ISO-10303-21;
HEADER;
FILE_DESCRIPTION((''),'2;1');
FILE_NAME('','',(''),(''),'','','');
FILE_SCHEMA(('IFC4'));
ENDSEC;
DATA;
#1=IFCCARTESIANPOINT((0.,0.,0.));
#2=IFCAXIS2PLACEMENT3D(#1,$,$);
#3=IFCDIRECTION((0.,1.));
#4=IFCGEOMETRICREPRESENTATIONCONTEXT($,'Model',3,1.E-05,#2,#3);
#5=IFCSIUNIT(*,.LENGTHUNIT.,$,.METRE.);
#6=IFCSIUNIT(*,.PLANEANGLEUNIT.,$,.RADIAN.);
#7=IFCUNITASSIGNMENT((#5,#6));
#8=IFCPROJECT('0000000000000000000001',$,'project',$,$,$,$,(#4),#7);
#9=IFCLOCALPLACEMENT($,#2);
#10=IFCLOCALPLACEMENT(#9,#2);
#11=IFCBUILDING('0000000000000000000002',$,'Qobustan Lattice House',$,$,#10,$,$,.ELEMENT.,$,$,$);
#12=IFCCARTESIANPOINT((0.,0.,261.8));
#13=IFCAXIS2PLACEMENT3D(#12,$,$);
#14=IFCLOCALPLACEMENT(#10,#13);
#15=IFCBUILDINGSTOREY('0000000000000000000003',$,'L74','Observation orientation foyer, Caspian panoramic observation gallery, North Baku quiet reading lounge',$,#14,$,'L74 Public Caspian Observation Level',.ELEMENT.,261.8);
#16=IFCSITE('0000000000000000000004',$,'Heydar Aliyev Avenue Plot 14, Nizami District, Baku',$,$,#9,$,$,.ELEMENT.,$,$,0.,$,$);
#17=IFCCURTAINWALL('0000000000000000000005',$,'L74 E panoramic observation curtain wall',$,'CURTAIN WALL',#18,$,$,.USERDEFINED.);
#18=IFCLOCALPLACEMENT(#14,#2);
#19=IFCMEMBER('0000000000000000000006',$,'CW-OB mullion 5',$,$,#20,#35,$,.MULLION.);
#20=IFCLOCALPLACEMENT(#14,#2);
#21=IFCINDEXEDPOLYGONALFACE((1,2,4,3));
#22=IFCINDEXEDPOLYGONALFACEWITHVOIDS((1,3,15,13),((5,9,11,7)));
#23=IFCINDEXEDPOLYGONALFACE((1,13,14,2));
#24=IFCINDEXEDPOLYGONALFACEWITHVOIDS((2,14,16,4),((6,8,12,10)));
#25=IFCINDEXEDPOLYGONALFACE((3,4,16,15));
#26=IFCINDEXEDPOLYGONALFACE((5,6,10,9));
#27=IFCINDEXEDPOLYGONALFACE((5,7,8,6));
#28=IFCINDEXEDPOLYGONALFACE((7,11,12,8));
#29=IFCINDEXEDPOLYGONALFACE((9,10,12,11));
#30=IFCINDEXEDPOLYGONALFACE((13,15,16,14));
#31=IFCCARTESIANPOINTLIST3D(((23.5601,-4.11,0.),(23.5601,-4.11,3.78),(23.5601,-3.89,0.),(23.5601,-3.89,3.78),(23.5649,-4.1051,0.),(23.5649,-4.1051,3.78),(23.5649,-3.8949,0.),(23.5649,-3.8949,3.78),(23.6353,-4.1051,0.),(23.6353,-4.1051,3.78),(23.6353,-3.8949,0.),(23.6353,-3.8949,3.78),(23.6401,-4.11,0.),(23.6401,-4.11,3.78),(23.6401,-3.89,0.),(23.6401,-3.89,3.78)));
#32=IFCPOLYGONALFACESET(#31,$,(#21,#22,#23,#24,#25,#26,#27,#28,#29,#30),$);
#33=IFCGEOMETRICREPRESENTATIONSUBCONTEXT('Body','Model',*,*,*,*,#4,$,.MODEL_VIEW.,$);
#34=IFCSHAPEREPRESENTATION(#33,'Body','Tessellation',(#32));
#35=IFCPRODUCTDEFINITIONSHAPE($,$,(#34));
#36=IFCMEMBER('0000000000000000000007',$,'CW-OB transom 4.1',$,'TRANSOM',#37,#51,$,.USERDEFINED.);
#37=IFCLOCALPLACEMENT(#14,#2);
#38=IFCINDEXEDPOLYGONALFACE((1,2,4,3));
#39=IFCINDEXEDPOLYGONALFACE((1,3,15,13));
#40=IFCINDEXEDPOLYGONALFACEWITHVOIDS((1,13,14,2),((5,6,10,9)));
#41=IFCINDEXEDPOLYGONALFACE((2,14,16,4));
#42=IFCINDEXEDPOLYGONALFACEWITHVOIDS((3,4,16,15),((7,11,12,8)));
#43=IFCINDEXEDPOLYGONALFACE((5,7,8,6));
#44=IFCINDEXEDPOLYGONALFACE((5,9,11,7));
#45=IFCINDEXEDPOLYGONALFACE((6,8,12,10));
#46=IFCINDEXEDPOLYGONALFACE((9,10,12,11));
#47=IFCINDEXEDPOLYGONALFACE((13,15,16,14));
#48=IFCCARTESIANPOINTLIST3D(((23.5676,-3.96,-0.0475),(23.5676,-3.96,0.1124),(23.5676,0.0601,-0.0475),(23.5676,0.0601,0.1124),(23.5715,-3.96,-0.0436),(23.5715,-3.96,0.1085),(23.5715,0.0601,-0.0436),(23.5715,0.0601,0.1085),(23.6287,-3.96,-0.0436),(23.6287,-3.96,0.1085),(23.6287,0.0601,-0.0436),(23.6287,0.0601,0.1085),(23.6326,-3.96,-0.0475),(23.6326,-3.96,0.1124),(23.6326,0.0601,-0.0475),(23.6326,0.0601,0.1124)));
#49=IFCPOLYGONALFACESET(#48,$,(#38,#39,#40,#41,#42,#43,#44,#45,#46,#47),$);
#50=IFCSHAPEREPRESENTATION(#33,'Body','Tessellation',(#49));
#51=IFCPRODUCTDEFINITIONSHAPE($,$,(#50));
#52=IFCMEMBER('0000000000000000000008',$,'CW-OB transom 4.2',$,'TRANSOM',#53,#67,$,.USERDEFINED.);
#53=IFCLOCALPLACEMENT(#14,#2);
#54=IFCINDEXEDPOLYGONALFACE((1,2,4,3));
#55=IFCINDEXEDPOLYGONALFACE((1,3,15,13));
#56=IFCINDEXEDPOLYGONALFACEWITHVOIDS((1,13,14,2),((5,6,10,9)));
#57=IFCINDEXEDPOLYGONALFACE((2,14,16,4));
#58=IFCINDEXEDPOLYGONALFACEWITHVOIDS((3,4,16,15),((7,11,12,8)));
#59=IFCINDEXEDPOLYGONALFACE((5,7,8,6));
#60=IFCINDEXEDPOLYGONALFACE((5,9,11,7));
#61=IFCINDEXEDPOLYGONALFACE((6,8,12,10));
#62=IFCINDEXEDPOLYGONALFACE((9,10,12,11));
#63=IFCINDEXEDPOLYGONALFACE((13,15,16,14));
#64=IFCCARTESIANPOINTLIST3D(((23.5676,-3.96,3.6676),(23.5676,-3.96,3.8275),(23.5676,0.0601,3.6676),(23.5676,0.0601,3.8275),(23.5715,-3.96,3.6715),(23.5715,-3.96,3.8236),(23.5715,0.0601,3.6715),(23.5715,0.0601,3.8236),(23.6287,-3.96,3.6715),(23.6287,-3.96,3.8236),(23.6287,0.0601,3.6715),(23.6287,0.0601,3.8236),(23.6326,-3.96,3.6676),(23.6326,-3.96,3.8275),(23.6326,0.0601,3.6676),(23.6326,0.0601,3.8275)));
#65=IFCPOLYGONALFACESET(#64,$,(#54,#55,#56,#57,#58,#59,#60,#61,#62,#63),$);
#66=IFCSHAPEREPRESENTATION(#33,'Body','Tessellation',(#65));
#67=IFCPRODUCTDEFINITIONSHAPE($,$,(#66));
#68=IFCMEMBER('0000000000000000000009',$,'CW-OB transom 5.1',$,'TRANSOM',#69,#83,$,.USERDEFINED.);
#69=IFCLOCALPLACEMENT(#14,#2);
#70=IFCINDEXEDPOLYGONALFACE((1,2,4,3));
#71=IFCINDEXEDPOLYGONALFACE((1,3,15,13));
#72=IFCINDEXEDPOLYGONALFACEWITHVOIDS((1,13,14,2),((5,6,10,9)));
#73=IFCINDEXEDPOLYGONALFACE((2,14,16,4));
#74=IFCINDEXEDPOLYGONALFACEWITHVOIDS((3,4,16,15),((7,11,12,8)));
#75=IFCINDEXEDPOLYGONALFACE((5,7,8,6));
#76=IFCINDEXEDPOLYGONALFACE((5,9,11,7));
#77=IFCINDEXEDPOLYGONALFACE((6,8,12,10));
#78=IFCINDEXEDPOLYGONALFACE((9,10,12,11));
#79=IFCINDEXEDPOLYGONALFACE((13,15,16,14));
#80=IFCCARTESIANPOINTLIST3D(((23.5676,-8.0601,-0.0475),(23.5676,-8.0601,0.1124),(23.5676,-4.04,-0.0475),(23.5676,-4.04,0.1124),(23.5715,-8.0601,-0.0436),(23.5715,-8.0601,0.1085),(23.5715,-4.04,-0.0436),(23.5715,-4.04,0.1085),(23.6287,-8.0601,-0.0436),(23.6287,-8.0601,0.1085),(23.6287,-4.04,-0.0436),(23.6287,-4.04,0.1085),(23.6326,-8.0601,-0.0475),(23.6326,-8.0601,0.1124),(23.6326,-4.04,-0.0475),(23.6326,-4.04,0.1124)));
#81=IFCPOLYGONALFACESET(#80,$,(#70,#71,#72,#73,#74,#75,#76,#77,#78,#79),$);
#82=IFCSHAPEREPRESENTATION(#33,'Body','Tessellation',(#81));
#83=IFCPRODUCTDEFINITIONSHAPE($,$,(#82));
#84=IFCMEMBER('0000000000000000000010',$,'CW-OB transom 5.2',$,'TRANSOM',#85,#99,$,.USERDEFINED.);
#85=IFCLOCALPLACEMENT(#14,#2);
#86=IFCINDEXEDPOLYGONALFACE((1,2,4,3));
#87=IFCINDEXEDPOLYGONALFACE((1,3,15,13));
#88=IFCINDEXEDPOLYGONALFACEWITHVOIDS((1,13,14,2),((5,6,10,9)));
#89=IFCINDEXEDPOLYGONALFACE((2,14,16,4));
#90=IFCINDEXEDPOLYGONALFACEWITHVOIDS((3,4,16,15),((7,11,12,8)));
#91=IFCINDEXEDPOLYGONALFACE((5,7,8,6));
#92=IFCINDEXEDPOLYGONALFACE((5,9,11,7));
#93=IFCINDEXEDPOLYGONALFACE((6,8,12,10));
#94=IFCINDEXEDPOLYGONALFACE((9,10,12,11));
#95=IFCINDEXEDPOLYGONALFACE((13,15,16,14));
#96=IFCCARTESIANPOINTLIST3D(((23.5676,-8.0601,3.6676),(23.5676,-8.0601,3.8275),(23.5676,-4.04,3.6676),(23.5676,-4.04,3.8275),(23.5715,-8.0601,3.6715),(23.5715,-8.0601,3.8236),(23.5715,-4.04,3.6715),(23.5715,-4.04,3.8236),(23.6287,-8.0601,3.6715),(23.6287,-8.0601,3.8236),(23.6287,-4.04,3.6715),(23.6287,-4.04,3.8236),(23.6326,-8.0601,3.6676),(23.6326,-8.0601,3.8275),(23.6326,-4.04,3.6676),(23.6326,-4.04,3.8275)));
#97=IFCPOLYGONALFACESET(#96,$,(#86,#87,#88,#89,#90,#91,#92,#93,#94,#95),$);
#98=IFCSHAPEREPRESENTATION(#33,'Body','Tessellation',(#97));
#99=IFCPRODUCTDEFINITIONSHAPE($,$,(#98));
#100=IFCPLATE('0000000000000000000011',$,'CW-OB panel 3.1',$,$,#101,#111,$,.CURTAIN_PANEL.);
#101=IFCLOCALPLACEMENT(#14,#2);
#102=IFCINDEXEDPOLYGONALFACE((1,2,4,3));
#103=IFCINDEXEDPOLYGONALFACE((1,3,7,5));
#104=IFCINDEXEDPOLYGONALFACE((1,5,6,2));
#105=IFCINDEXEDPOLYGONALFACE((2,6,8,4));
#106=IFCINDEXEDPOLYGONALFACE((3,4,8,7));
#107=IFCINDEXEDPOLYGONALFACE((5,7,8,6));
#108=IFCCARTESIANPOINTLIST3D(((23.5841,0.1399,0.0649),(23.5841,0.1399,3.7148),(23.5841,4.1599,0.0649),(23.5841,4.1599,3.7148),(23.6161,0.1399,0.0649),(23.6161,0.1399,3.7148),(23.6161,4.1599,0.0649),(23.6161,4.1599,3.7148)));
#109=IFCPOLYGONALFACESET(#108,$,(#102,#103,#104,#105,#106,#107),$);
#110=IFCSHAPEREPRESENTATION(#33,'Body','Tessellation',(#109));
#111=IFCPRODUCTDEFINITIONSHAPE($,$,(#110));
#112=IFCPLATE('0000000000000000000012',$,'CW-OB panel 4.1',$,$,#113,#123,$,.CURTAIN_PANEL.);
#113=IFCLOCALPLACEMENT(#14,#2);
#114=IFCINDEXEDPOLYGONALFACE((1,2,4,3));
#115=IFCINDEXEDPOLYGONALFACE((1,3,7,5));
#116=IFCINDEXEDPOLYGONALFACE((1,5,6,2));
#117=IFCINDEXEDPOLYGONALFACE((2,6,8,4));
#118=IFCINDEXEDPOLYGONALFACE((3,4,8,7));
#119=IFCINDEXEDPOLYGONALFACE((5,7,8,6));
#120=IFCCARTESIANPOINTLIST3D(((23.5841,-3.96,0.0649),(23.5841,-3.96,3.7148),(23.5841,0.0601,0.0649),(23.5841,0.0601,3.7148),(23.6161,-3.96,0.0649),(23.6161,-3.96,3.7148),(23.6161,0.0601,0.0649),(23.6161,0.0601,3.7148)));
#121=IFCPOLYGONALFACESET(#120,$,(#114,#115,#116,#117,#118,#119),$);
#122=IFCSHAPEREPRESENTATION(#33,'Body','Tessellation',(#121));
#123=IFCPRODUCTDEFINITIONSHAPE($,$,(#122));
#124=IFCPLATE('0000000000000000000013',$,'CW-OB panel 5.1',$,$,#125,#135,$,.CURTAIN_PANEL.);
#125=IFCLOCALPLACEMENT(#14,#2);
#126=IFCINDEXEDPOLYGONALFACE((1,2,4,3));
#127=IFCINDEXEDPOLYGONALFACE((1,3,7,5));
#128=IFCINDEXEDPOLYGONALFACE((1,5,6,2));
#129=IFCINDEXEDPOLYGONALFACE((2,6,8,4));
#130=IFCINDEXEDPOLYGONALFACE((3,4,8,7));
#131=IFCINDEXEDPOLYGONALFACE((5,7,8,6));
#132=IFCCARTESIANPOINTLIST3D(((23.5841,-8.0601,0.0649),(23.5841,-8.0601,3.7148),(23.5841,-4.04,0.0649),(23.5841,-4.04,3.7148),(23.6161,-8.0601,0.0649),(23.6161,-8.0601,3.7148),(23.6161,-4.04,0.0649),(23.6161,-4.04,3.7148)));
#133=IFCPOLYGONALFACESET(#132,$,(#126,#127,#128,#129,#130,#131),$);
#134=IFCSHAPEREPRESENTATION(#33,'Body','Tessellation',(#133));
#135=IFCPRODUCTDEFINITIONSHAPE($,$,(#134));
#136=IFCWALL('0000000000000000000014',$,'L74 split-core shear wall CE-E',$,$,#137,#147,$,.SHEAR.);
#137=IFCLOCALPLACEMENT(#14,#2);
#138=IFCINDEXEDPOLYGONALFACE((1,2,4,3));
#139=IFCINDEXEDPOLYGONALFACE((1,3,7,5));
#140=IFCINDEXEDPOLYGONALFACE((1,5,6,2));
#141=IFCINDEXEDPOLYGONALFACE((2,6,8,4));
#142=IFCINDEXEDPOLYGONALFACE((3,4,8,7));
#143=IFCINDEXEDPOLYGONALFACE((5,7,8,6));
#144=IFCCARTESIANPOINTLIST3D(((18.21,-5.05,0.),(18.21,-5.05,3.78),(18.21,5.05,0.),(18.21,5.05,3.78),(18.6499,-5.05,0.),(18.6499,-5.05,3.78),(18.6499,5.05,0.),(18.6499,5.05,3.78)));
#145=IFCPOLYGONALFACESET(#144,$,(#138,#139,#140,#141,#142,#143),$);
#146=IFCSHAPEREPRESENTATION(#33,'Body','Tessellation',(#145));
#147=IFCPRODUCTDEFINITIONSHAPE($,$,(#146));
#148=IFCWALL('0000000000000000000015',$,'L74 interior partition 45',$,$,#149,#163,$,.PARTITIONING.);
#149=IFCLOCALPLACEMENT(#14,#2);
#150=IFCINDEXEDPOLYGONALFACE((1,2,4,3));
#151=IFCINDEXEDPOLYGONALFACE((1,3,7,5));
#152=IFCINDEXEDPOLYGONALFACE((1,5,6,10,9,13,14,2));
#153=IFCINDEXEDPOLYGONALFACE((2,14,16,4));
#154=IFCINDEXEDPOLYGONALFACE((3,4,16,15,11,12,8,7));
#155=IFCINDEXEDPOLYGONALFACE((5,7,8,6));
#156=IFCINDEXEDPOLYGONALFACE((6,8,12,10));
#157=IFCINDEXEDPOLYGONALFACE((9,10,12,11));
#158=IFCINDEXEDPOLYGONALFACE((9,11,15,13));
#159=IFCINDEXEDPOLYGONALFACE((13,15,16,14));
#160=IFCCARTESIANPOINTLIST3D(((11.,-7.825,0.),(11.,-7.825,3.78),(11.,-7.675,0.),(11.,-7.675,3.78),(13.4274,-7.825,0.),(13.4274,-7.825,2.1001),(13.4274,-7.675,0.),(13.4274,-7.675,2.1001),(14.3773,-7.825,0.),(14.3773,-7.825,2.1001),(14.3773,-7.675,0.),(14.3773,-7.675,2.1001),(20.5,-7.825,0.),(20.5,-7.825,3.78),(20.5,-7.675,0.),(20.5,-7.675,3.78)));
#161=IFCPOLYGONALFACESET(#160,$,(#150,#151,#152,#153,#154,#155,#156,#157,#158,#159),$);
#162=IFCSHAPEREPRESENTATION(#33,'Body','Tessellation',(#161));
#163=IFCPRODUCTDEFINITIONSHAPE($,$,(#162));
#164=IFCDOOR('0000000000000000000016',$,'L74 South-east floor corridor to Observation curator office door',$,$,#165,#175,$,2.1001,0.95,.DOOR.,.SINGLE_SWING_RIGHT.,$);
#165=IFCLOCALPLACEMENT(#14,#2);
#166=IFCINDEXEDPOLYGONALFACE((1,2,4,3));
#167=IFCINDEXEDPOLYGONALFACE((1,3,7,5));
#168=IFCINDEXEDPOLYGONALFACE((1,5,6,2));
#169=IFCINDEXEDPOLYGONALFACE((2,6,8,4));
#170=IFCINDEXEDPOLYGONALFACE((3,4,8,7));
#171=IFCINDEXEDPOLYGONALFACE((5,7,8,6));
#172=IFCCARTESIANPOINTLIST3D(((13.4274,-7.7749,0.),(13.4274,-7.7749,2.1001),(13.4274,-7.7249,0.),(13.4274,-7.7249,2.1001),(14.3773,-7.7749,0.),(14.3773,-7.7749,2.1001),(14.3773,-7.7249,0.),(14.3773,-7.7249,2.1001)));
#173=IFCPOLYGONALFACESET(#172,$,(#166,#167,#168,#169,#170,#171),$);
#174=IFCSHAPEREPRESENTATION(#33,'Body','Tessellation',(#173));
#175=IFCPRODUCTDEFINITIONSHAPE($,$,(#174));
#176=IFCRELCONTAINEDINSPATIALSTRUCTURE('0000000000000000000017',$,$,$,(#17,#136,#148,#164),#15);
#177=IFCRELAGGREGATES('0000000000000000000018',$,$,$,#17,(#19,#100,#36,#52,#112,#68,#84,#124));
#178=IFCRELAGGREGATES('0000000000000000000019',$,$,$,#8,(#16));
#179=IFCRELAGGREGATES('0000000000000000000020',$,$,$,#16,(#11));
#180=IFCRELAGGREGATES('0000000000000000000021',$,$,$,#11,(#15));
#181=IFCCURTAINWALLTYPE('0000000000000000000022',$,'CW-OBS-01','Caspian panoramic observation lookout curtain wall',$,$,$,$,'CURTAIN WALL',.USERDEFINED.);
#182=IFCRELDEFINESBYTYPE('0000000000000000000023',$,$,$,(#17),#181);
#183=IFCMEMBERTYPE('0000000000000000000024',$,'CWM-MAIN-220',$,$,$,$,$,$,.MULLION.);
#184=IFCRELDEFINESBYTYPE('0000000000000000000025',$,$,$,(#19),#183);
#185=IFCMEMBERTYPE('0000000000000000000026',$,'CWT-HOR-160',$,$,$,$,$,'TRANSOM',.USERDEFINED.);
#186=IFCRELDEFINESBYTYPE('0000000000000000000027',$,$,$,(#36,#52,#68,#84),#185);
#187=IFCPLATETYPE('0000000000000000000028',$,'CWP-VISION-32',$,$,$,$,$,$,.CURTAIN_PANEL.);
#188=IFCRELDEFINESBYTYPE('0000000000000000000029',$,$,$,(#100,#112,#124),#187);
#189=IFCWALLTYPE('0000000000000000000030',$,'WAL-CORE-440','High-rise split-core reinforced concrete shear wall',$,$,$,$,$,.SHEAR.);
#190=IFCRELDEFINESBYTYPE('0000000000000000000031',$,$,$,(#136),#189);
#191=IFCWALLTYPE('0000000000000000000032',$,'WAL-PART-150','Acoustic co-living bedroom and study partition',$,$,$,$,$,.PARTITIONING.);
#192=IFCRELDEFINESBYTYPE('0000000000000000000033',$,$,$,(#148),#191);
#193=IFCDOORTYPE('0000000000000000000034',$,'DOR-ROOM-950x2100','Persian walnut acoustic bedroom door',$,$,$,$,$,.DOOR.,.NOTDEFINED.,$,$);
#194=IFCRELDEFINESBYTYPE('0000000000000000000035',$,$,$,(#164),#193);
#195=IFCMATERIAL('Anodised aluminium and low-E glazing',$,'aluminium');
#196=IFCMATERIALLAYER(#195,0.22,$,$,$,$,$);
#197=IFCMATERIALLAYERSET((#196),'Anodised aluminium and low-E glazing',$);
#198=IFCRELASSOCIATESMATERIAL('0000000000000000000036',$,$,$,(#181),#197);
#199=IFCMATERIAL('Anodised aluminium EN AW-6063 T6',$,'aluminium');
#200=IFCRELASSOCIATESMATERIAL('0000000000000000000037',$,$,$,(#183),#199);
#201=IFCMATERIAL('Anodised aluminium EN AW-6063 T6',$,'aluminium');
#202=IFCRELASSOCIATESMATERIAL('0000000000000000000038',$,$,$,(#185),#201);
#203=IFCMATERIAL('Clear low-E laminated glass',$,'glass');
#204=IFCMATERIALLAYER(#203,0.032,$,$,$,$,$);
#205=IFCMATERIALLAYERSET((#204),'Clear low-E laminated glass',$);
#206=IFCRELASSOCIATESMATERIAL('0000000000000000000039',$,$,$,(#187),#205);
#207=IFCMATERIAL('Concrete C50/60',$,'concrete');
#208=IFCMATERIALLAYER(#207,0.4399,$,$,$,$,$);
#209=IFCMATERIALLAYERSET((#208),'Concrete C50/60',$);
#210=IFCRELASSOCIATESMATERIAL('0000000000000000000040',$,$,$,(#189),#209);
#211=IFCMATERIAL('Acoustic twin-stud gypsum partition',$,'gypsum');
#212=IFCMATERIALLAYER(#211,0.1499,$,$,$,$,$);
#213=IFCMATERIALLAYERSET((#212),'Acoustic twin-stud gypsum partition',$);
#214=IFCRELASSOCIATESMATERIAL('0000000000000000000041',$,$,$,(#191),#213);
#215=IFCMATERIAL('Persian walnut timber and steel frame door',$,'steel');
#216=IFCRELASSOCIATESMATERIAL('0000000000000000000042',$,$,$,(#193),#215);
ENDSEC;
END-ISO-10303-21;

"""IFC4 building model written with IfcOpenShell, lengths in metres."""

from ifc_helpers import new_model, si_unit, direction, frame, frame_2d, origin, origin_2d, place, context, subcontext, project, spatial, rectangle, hollow_rectangle, extrude, material, layer, layer_set, material_profile, profile_set, type_object, element, fill, aggregate, save


model = new_model("IFC4")

# Units and contexts
model_context = context("Model", 3, precision=1e-05, world=origin(), true_north=direction((0.0, 1.0)))
body_context = subcontext(model_context, "Body", "Model", "MODEL_VIEW")
ifc_project = project(units=[si_unit("LENGTHUNIT", "METRE"), si_unit("PLANEANGLEUNIT", "RADIAN")], contexts=[model_context])

# Site, building, storey
site_placement = place(None, origin())
site = spatial("IfcSite", under=ifc_project, at=site_placement, Name="Heydar Aliyev Avenue Plot 14, Nizami District, Baku", CompositionType="ELEMENT", RefElevation=0.0)
building_placement = place(site_placement, origin())
building = spatial("IfcBuilding", under=site, at=building_placement, Name="Qobustan Lattice House", CompositionType="ELEMENT")
storey_placement = place(building_placement, frame((0.0, 0.0, 261.8)))
storey = spatial("IfcBuildingStorey", under=building, at=storey_placement, Name="L74", Description="Observation orientation foyer, Caspian panoramic observation gallery, North Baku quiet reading lounge", LongName="L74 Public Caspian Observation Level", CompositionType="ELEMENT", Elevation=261.8)

# Curtain wall, members, plates
ifc_material_1 = material(Name="Anodised aluminium and low-E glazing", Category="aluminium")
ifc_layer_1 = layer(ifc_material_1, 0.22)
ifc_layer_set_1 = layer_set([ifc_layer_1], Name="Anodised aluminium and low-E glazing")
curtain_wall_type = type_object("IfcCurtainWallType", Name="CW-OBS-01", Description="Caspian panoramic observation lookout curtain wall", ElementType="CURTAIN WALL", PredefinedType="USERDEFINED", material=ifc_layer_set_1)
curtain_wall_placement = place(storey_placement, origin())
curtain_wall = element("IfcCurtainWall", 1, at=curtain_wall_placement, inside=storey, type_object=curtain_wall_type, Name="L74 E panoramic observation curtain wall", ObjectType="CURTAIN WALL", PredefinedType="USERDEFINED")
ifc_material_2 = material(Name="Anodised aluminium EN AW-6063 T6", Category="aluminium")
ifc_material_profile_1 = material_profile(ifc_material_2, hollow_rectangle(XDim=0.0801, YDim=0.22, WallThickness=0.0049, at=origin_2d()), Name="CWM-220x80")
ifc_profile_set_1 = profile_set([ifc_material_profile_1], Name="Anodised aluminium EN AW-6063 T6")
member_type_1 = type_object("IfcMemberType", Name="CWM-MAIN-220", PredefinedType="MULLION", material=ifc_profile_set_1)
member_1_placement = place(storey_placement, frame((23.6001, -4.0, 0.0), z_axis=(0.0, 0.0, 1.0), x_axis=(1.0, 0.0, 0.0)))
member_1 = element("IfcMember", 2, at=member_1_placement, type_object=member_type_1, Name="CW-OB mullion 5", PredefinedType="MULLION", context=body_context, shape_type="SweptSolid", body=[
    extrude(hollow_rectangle(XDim=0.0801, YDim=0.22, WallThickness=0.0049, at=origin_2d()), origin(), (0.0, 0.0, 1.0), 3.78),
])
ifc_material_3 = material(Name="Anodised aluminium EN AW-6063 T6", Category="aluminium")
ifc_material_profile_2 = material_profile(ifc_material_3, hollow_rectangle(XDim=0.0649, YDim=0.1599, WallThickness=0.0039, at=origin_2d()), Name="CWT-160x65")
ifc_profile_set_2 = profile_set([ifc_material_profile_2], Name="Anodised aluminium EN AW-6063 T6")
member_type_2 = type_object("IfcMemberType", Name="CWT-HOR-160", ElementType="TRANSOM", PredefinedType="USERDEFINED", material=ifc_profile_set_2)
member_2_placement = place(storey_placement, frame((23.6001, 0.0601, 0.0325), z_axis=(0.0, -1.0, 0.0), x_axis=(1.0, 0.0, 0.0)))
member_2 = element("IfcMember", 3, at=member_2_placement, type_object=member_type_2, Name="CW-OB transom 4.1", ObjectType="TRANSOM", PredefinedType="USERDEFINED", context=body_context, shape_type="SweptSolid", body=[
    extrude(hollow_rectangle(XDim=0.0649, YDim=0.1599, WallThickness=0.0039, at=origin_2d()), origin(), (0.0, 0.0, 1.0), 4.02),
])
member_3_placement = place(storey_placement, frame((23.6001, 0.0601, 3.7476), z_axis=(0.0, -1.0, 0.0), x_axis=(1.0, 0.0, 0.0)))
member_3 = element("IfcMember", 4, at=member_3_placement, type_object=member_type_2, Name="CW-OB transom 4.2", ObjectType="TRANSOM", PredefinedType="USERDEFINED", context=body_context, shape_type="SweptSolid", body=[
    extrude(hollow_rectangle(XDim=0.0649, YDim=0.1599, WallThickness=0.0039, at=origin_2d()), origin(), (0.0, 0.0, 1.0), 4.02),
])
member_4_placement = place(storey_placement, frame((23.6001, -4.04, 0.0325), z_axis=(0.0, -1.0, 0.0), x_axis=(1.0, 0.0, 0.0)))
member_4 = element("IfcMember", 5, at=member_4_placement, type_object=member_type_2, Name="CW-OB transom 5.1", ObjectType="TRANSOM", PredefinedType="USERDEFINED", context=body_context, shape_type="SweptSolid", body=[
    extrude(hollow_rectangle(XDim=0.0649, YDim=0.1599, WallThickness=0.0039, at=origin_2d()), origin(), (0.0, 0.0, 1.0), 4.02),
])
member_5_placement = place(storey_placement, frame((23.6001, -4.04, 3.7476), z_axis=(0.0, -1.0, 0.0), x_axis=(1.0, 0.0, 0.0)))
member_5 = element("IfcMember", 6, at=member_5_placement, type_object=member_type_2, Name="CW-OB transom 5.2", ObjectType="TRANSOM", PredefinedType="USERDEFINED", context=body_context, shape_type="SweptSolid", body=[
    extrude(hollow_rectangle(XDim=0.0649, YDim=0.1599, WallThickness=0.0039, at=origin_2d()), origin(), (0.0, 0.0, 1.0), 4.02),
])
ifc_material_4 = material(Name="Clear low-E laminated glass", Category="glass")
ifc_layer_2 = layer(ifc_material_4, 0.032)
ifc_layer_set_2 = layer_set([ifc_layer_2], Name="Clear low-E laminated glass")
plate_type = type_object("IfcPlateType", Name="CWP-VISION-32", PredefinedType="CURTAIN_PANEL", material=ifc_layer_set_2)
plate_1_placement = place(storey_placement, frame((23.6001, 2.1499, 0.0649), z_axis=(0.0, 0.0, 1.0), x_axis=(0.0, -1.0, 0.0)))
plate_1 = element("IfcPlate", 7, at=plate_1_placement, type_object=plate_type, Name="CW-OB panel 3.1", PredefinedType="CURTAIN_PANEL", context=body_context, shape_type="SweptSolid", body=[
    extrude(rectangle(XDim=4.02, YDim=0.032, at=origin_2d()), origin(), (0.0, 0.0, 1.0), 3.6499),
])
plate_2_placement = place(storey_placement, frame((23.6001, -1.95, 0.0649), z_axis=(0.0, 0.0, 1.0), x_axis=(0.0, -1.0, 0.0)))
plate_2 = element("IfcPlate", 8, at=plate_2_placement, type_object=plate_type, Name="CW-OB panel 4.1", PredefinedType="CURTAIN_PANEL", context=body_context, shape_type="SweptSolid", body=[
    extrude(rectangle(XDim=4.02, YDim=0.032, at=origin_2d()), origin(), (0.0, 0.0, 1.0), 3.6499),
])
plate_3_placement = place(storey_placement, frame((23.6001, -6.05, 0.0649), z_axis=(0.0, 0.0, 1.0), x_axis=(0.0, -1.0, 0.0)))
plate_3 = element("IfcPlate", 9, at=plate_3_placement, type_object=plate_type, Name="CW-OB panel 5.1", PredefinedType="CURTAIN_PANEL", context=body_context, shape_type="SweptSolid", body=[
    extrude(rectangle(XDim=4.02, YDim=0.032, at=origin_2d()), origin(), (0.0, 0.0, 1.0), 3.6499),
])
aggregate(curtain_wall, [member_1, plate_1, member_2, member_3, plate_2, member_4, member_5, plate_3])

# Wall
ifc_material_5 = material(Name="Concrete C50/60", Category="concrete")
ifc_layer_3 = layer(ifc_material_5, 0.4399)
ifc_layer_set_3 = layer_set([ifc_layer_3], Name="Concrete C50/60")
wall_type_1 = type_object("IfcWallType", Name="WAL-CORE-440", Description="High-rise split-core reinforced concrete shear wall", PredefinedType="SHEAR", material=ifc_layer_set_3)
wall_1_placement = place(storey_placement, frame((18.4299, -5.05, 0.0), z_axis=(0.0, 0.0, 1.0), x_axis=(0.0, 1.0, 0.0)))
element("IfcWall", 10, at=wall_1_placement, inside=storey, type_object=wall_type_1, Name="L74 split-core shear wall CE-E", PredefinedType="SHEAR", context=body_context, shape_type="SweptSolid", body=[
    extrude(rectangle(XDim=10.1001, YDim=0.4399, at=frame_2d((5.05, 0.0))), origin(), (0.0, 0.0, 1.0), 3.78),
])

# Wall, opening, door
ifc_material_6 = material(Name="Acoustic twin-stud gypsum partition", Category="gypsum")
ifc_layer_4 = layer(ifc_material_6, 0.1499)
ifc_layer_set_4 = layer_set([ifc_layer_4], Name="Acoustic twin-stud gypsum partition")
wall_type_2 = type_object("IfcWallType", Name="WAL-PART-150", Description="Acoustic co-living bedroom and study partition", PredefinedType="PARTITIONING", material=ifc_layer_set_4)
wall_2_placement = place(storey_placement, frame((20.5, -7.75, 0.0), z_axis=(0.0, 0.0, 1.0), x_axis=(-1.0, 0.0, 0.0)))
wall_2 = element("IfcWall", 11, at=wall_2_placement, inside=storey, type_object=wall_type_2, Name="L74 interior partition 45", PredefinedType="PARTITIONING", context=body_context, shape_type="SweptSolid", body=[
    extrude(rectangle(XDim=9.5, YDim=0.1499, at=frame_2d((4.75, 0.0))), origin(), (0.0, 0.0, 1.0), 3.78),
])
opening_placement = place(wall_2_placement, frame((6.1226, 0.0, 0.0)))
opening = element("IfcOpeningElement", 12, at=opening_placement, cuts=wall_2, PredefinedType="OPENING", context=body_context, shape_type="SweptSolid", body=[
    extrude(rectangle(XDim=0.95, YDim=2.1001, at=frame_2d((0.4751, 1.05))), frame((0.0, 0.085, 0.0), z_axis=(0.0, -1.0, 0.0), x_axis=(1.0, 0.0, 0.0)), (0.0, 0.0, 1.0), 0.1699),
])
ifc_material_7 = material(Name="Persian walnut timber and steel frame door", Category="steel")
door_type = type_object("IfcDoorType", Name="DOR-ROOM-950x2100", Description="Persian walnut acoustic bedroom door", OperationType="NOTDEFINED", PredefinedType="DOOR", material=ifc_material_7)
door_placement = place(opening_placement, origin())
door = element("IfcDoor", 13, at=door_placement, inside=storey, type_object=door_type, Name="L74 South-east floor corridor to Observation curator office door", OperationType="SINGLE_SWING_RIGHT", OverallHeight=2.1001, OverallWidth=0.95, PredefinedType="DOOR", context=body_context, shape_type="SweptSolid", body=[
    extrude(rectangle(XDim=0.95, YDim=2.1001, at=frame_2d((0.4751, 1.05))), frame((0.0, 0.0249, 0.0), z_axis=(0.0, -1.0, 0.0), x_axis=(1.0, 0.0, 0.0)), (0.0, 0.0, 1.0), 0.05),
])
fill(opening, door)

save(model, "model.ifc")
